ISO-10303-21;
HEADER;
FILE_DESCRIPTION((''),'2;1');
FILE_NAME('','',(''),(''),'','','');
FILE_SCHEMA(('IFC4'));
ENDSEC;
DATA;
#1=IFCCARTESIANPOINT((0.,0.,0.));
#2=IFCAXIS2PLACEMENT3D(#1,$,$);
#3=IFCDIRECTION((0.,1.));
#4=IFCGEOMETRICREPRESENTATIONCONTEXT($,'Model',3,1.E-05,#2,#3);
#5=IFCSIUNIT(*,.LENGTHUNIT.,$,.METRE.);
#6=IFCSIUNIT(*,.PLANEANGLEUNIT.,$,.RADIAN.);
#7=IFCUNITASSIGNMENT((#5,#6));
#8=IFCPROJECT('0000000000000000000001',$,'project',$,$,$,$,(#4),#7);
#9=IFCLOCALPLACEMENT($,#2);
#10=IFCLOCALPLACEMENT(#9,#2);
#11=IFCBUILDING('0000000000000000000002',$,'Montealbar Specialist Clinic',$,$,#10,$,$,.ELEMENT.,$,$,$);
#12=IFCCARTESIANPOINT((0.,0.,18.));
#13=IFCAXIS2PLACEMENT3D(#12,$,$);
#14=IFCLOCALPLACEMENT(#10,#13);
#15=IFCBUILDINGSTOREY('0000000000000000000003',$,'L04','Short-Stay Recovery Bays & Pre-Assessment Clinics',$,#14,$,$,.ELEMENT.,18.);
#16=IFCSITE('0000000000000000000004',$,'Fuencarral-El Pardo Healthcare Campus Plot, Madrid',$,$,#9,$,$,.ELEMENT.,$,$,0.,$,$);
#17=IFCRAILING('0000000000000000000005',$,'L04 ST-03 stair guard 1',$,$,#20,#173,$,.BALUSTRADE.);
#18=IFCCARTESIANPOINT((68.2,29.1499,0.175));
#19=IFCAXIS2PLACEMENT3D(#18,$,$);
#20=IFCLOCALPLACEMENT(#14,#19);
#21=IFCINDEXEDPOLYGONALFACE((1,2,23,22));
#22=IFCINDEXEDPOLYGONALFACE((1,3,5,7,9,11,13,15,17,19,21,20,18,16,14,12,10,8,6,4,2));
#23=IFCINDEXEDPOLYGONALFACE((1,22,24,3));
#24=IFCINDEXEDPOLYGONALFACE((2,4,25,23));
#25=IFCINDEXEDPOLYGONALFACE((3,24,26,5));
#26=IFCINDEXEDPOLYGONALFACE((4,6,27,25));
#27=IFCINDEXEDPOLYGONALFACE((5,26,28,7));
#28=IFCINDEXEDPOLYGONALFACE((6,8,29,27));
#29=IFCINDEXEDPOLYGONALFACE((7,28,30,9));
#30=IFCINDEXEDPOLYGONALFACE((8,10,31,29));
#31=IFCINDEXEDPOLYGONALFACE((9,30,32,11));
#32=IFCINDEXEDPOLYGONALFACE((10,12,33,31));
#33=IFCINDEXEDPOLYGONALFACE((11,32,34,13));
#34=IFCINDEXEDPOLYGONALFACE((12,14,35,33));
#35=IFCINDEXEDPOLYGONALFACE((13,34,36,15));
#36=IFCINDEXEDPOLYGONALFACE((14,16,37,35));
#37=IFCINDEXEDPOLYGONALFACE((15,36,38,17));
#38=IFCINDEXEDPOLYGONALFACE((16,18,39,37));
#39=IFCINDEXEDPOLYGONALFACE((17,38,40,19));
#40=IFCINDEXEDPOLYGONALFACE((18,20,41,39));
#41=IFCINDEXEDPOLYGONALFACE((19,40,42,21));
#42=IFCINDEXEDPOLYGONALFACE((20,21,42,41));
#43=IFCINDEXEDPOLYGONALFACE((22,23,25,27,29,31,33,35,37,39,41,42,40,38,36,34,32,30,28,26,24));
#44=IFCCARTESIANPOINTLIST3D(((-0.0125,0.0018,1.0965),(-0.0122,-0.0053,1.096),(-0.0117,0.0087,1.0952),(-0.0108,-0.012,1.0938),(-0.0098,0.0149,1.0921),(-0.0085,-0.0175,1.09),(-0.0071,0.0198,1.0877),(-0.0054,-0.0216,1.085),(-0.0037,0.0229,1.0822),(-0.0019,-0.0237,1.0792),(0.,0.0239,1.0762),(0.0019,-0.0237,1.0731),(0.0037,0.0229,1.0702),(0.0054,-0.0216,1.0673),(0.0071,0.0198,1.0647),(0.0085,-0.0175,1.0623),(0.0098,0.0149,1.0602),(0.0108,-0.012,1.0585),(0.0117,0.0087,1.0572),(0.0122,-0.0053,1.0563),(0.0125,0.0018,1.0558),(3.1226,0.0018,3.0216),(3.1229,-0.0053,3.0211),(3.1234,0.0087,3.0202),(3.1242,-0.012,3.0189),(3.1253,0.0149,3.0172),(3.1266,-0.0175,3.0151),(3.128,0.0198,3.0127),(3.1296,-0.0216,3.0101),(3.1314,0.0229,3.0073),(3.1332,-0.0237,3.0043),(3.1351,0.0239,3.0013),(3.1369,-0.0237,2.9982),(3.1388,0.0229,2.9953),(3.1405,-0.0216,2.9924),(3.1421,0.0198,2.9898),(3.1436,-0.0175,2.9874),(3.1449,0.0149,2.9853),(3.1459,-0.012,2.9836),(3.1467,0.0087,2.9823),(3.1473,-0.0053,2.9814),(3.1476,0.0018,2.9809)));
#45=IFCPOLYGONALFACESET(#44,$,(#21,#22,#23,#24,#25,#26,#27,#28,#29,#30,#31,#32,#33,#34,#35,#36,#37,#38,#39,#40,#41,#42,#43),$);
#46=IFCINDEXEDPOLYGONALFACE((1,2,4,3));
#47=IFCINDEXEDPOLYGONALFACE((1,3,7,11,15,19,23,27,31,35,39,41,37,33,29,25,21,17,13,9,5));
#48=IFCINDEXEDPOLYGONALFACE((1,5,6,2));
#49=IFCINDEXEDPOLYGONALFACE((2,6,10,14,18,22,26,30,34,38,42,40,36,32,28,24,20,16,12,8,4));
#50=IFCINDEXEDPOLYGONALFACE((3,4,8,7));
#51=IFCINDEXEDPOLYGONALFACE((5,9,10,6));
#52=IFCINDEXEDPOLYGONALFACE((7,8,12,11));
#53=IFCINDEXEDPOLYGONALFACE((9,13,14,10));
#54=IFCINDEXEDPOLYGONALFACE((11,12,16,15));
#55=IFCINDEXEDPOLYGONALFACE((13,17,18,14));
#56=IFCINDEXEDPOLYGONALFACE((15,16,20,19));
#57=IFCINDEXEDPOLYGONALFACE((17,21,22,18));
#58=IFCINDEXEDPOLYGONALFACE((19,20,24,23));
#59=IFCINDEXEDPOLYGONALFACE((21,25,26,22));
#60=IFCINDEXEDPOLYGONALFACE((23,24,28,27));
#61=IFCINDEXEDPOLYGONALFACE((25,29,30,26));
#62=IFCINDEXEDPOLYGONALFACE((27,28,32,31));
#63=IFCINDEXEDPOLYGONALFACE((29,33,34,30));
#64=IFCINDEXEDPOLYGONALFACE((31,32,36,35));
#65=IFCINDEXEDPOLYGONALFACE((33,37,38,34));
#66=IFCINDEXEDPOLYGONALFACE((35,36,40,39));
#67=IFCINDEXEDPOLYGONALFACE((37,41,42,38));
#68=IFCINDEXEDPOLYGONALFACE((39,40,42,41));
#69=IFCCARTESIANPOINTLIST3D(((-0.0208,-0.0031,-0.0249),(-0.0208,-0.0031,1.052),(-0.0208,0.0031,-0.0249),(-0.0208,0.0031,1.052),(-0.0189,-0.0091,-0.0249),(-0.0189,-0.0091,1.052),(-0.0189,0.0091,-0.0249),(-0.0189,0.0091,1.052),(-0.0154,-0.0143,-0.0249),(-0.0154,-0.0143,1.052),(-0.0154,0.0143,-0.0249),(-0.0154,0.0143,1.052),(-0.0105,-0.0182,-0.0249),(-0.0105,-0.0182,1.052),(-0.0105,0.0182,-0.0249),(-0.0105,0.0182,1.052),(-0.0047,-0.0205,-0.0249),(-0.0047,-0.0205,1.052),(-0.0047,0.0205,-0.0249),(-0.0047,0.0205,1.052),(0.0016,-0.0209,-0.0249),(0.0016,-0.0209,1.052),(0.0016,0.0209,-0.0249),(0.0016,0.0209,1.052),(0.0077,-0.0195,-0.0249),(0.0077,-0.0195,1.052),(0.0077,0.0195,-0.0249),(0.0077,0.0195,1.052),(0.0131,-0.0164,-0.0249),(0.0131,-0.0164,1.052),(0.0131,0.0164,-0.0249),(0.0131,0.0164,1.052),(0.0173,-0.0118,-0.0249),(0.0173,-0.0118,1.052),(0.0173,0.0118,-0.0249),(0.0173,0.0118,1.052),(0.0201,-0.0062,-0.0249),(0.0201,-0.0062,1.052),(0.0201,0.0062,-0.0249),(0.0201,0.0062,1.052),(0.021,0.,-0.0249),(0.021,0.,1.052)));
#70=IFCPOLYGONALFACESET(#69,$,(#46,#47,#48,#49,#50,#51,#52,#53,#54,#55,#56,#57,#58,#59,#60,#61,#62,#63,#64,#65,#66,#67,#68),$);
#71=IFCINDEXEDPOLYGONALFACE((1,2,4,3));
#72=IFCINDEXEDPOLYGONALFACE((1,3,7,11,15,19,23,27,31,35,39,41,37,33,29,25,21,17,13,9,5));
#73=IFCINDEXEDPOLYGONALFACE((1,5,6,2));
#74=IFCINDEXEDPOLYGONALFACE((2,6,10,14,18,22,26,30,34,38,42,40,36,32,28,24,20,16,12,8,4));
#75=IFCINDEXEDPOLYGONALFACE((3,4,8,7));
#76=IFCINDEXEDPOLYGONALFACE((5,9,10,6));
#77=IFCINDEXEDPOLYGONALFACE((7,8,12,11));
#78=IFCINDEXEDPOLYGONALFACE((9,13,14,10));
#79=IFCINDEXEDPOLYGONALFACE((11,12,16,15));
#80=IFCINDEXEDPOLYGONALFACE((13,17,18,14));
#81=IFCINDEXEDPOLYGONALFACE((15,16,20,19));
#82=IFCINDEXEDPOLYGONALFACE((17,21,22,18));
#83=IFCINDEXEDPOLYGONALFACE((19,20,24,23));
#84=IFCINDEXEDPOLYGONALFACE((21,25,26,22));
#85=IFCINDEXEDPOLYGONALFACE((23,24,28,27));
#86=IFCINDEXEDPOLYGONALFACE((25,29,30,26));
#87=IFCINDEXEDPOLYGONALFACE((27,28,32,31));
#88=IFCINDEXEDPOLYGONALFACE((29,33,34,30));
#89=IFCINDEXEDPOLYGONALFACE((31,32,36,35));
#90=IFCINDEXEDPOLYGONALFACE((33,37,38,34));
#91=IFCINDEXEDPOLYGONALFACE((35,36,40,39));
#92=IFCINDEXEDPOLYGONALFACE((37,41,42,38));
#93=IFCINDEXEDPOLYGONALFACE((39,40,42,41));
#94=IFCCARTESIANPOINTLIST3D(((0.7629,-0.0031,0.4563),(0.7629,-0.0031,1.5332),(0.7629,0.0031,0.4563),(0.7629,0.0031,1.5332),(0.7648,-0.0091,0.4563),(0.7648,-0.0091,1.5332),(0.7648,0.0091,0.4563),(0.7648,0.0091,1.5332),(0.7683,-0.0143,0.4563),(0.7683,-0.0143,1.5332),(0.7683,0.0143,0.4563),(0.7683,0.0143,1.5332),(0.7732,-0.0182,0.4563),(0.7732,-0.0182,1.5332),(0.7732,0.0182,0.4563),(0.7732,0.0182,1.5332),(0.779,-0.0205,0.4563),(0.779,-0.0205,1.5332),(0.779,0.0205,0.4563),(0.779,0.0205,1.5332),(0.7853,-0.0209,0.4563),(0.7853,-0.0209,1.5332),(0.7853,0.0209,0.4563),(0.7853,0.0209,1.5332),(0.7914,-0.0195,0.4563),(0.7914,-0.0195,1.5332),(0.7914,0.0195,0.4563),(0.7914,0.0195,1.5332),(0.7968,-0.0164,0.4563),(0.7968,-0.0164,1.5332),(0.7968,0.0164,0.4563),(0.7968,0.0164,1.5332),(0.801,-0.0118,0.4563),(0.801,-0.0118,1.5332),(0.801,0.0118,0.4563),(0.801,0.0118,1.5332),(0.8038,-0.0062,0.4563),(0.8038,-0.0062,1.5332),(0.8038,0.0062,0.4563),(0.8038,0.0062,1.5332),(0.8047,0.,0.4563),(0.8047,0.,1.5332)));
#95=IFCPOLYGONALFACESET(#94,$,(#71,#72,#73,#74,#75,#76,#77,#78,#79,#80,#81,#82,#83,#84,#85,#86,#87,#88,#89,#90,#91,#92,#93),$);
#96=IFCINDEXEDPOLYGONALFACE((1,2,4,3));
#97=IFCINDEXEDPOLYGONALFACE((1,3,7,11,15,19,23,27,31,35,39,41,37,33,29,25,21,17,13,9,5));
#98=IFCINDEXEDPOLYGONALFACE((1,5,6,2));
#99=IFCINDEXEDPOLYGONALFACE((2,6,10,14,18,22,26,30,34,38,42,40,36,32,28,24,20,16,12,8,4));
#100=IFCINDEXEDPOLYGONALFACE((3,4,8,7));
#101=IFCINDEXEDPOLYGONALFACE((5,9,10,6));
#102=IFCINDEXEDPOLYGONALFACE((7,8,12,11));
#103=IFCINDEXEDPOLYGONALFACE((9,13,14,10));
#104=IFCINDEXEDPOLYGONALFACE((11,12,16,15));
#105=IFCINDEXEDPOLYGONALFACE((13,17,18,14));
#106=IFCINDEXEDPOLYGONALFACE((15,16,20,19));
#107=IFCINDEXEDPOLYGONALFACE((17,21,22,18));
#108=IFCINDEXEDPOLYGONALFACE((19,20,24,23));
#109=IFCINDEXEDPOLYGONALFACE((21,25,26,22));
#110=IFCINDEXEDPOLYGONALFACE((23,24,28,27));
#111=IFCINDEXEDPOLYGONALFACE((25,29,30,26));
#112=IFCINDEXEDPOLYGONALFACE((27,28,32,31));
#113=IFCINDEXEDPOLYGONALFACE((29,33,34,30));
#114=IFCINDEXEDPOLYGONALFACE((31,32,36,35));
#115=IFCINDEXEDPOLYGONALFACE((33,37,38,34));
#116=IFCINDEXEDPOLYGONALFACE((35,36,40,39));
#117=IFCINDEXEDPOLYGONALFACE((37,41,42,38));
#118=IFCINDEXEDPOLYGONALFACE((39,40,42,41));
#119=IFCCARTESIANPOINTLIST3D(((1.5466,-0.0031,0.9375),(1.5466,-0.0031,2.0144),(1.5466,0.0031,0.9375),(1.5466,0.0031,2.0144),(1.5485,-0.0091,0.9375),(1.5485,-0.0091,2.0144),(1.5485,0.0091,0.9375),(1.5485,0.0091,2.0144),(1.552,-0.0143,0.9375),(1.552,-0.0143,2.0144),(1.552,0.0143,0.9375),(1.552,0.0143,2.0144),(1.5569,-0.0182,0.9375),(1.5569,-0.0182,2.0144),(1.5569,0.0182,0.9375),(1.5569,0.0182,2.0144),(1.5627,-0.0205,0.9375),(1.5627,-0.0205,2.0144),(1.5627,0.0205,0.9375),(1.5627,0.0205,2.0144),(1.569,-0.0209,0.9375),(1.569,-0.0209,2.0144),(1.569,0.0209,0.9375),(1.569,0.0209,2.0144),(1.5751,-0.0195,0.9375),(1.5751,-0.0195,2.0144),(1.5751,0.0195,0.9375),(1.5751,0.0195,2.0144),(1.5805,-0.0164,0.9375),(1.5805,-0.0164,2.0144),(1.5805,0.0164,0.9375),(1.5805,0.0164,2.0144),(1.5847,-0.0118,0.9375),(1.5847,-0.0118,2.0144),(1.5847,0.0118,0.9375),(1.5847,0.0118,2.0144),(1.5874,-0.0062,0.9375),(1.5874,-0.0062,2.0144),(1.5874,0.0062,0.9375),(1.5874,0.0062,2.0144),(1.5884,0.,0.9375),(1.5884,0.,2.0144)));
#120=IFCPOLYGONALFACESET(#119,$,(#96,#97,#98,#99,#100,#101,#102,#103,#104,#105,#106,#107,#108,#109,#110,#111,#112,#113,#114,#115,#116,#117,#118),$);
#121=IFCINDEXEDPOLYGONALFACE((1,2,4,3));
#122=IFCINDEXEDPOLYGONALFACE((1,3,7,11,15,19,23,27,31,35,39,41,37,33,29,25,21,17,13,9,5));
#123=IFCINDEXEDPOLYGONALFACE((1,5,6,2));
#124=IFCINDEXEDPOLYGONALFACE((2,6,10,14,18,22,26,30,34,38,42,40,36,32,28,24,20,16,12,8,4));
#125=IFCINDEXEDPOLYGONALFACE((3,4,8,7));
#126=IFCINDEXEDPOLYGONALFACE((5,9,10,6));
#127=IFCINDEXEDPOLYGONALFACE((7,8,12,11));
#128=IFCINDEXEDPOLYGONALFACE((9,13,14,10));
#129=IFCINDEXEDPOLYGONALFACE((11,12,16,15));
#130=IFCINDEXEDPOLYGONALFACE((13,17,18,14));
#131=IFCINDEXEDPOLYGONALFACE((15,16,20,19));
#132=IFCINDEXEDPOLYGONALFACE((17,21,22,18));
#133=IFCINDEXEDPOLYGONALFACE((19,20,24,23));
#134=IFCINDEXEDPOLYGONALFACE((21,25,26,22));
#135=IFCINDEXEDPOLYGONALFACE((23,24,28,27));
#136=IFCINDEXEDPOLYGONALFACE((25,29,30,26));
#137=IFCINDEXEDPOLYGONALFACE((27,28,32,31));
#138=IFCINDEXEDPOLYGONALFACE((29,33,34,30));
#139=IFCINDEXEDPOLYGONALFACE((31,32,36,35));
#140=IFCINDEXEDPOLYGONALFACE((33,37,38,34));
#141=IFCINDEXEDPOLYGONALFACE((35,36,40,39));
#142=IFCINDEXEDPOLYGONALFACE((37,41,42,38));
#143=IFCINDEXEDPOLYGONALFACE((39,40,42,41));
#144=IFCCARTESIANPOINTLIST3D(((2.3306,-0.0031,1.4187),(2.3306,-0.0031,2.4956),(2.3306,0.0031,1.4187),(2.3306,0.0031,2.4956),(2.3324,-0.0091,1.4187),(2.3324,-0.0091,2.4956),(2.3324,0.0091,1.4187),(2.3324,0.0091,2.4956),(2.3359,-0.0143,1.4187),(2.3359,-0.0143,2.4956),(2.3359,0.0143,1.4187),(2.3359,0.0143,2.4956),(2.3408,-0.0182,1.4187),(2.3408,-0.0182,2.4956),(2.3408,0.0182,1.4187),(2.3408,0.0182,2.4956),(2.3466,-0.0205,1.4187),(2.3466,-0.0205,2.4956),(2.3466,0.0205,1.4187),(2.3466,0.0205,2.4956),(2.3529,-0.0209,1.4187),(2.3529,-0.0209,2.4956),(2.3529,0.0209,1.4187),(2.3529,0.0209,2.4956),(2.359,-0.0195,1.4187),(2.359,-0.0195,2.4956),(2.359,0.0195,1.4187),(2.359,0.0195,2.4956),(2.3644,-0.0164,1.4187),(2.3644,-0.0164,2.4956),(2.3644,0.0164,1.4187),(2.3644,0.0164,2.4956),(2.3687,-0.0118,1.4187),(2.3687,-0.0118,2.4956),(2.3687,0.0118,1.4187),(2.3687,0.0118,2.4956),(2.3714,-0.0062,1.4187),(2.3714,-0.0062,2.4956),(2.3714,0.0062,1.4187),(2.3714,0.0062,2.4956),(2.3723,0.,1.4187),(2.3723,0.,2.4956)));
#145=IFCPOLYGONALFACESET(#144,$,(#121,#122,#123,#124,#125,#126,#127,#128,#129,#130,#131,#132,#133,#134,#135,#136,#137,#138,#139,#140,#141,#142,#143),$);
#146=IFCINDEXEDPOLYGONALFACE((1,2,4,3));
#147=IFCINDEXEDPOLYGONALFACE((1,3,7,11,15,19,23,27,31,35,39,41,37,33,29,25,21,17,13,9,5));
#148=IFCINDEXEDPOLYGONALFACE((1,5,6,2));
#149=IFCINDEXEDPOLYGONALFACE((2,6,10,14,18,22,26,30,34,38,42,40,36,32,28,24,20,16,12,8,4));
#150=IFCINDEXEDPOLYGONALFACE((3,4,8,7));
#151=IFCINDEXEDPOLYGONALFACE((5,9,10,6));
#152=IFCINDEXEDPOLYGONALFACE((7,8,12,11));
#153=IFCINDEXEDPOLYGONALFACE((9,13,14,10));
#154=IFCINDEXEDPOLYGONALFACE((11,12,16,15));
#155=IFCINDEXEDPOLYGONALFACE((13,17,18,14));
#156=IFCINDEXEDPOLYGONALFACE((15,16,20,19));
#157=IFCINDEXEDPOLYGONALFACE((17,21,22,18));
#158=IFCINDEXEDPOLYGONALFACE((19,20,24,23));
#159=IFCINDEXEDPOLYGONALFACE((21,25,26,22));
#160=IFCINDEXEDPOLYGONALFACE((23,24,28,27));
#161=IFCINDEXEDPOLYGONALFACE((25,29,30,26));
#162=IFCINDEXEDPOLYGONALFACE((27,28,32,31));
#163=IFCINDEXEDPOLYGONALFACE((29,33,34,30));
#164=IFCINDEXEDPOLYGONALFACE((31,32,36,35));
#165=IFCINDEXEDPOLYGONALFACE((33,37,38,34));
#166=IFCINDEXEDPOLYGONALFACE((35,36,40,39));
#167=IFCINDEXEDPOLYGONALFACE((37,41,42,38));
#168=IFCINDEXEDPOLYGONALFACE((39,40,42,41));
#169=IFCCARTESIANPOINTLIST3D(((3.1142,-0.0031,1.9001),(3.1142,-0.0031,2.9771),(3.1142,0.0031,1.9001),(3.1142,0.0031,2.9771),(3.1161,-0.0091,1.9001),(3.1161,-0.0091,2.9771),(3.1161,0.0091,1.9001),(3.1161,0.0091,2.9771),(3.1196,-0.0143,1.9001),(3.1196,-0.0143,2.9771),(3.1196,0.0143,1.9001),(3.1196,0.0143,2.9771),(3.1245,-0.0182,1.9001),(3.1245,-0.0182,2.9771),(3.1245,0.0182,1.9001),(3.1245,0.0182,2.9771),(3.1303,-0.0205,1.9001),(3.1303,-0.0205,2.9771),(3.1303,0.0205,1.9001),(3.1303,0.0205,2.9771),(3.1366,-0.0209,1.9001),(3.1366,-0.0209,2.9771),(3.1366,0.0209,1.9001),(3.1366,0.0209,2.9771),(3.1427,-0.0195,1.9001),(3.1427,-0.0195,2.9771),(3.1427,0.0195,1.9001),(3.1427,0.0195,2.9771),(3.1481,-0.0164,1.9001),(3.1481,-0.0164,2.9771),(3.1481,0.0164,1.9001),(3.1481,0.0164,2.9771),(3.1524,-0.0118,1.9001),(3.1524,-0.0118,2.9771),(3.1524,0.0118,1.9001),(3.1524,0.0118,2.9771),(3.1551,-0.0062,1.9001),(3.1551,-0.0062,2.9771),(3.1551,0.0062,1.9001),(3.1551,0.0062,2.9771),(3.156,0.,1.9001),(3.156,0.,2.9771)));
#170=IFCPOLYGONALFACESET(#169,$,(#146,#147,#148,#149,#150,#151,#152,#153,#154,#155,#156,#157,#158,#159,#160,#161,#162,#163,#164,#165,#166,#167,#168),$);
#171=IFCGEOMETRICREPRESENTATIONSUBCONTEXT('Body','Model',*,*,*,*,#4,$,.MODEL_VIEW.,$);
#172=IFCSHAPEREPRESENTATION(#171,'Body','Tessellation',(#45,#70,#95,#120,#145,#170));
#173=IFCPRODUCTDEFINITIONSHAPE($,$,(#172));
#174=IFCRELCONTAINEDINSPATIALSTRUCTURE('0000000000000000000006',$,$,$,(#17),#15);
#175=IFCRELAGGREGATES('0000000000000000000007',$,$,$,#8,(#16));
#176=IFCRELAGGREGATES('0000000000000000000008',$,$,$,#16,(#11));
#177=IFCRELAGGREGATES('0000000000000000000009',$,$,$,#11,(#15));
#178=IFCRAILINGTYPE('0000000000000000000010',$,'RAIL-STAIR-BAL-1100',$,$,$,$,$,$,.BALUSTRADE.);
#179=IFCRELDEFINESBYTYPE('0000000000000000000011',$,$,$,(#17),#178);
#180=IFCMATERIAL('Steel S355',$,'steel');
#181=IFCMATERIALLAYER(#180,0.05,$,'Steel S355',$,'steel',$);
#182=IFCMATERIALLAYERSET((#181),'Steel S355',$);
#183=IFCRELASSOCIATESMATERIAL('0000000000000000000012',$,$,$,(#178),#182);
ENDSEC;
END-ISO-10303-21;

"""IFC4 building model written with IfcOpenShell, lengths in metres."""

from ifc_helpers import new_model, si_unit, direction, frame, origin, origin_2d, place, context, subcontext, project, spatial, circle, extrude, material, layer, layer_set, type_object, element, save


model = new_model("IFC4")

# Units and contexts
model_context = context("Model", 3, precision=1e-05, world=origin(), true_north=direction((0.0, 1.0)))
body_context = subcontext(model_context, "Body", "Model", "MODEL_VIEW")
ifc_project = project(units=[si_unit("LENGTHUNIT", "METRE"), si_unit("PLANEANGLEUNIT", "RADIAN")], contexts=[model_context])

# Site, building, storey
site_placement = place(None, origin())
site = spatial("IfcSite", under=ifc_project, at=site_placement, Name="Fuencarral-El Pardo Healthcare Campus Plot, Madrid", CompositionType="ELEMENT", RefElevation=0.0)
building_placement = place(site_placement, origin())
building = spatial("IfcBuilding", under=site, at=building_placement, Name="Montealbar Specialist Clinic", CompositionType="ELEMENT")
storey_placement = place(building_placement, frame((0.0, 0.0, 18.0)))
storey = spatial("IfcBuildingStorey", under=building, at=storey_placement, Name="L04", Description="Short-Stay Recovery Bays & Pre-Assessment Clinics", CompositionType="ELEMENT", Elevation=18.0)

# Shared definitions
ifc_material_1 = material(Name="Steel S355", Category="steel")

# Railing
ifc_layer_1 = layer(ifc_material_1, 0.05, Name="Steel S355", Category="steel")
ifc_layer_set_1 = layer_set([ifc_layer_1], Name="Steel S355")
railing_type_1 = type_object("IfcRailingType", Name="RAIL-STAIR-BAL-1100", PredefinedType="BALUSTRADE", material=ifc_layer_set_1)
railing_1_placement = place(storey_placement, frame((68.2, 29.1499, 0.175)))
element("IfcRailing", 1, at=railing_1_placement, inside=storey, type_object=railing_type_1, Name="L04 ST-03 stair guard 1", PredefinedType="BALUSTRADE", context=body_context, shape_type="SweptSolid", body=[
    extrude(circle(Radius=0.0239, at=origin_2d()), frame((0.0, 0.0, 1.0762), z_axis=(0.852166, 0.0, 0.523271), x_axis=(0.0, 1.0, 0.0)), (0.0, 0.0, 1.0), 3.679),
    extrude(circle(Radius=0.021, at=origin_2d()), frame((0.0, 0.0, -0.0249)), (0.0, 0.0, 1.0), 1.0769),
    extrude(circle(Radius=0.021, at=origin_2d()), frame((0.7837, 0.0, 0.4563)), (0.0, 0.0, 1.0), 1.0769),
    extrude(circle(Radius=0.021, at=origin_2d()), frame((1.5674, 0.0, 0.9375)), (0.0, 0.0, 1.0), 1.0769),
    extrude(circle(Radius=0.021, at=origin_2d()), frame((2.3513, 0.0, 1.4187)), (0.0, 0.0, 1.0), 1.0769),
    extrude(circle(Radius=0.021, at=origin_2d()), frame((3.135, 0.0, 1.9001)), (0.0, 0.0, 1.0), 1.0769),
])

save(model, "model.ifc")
